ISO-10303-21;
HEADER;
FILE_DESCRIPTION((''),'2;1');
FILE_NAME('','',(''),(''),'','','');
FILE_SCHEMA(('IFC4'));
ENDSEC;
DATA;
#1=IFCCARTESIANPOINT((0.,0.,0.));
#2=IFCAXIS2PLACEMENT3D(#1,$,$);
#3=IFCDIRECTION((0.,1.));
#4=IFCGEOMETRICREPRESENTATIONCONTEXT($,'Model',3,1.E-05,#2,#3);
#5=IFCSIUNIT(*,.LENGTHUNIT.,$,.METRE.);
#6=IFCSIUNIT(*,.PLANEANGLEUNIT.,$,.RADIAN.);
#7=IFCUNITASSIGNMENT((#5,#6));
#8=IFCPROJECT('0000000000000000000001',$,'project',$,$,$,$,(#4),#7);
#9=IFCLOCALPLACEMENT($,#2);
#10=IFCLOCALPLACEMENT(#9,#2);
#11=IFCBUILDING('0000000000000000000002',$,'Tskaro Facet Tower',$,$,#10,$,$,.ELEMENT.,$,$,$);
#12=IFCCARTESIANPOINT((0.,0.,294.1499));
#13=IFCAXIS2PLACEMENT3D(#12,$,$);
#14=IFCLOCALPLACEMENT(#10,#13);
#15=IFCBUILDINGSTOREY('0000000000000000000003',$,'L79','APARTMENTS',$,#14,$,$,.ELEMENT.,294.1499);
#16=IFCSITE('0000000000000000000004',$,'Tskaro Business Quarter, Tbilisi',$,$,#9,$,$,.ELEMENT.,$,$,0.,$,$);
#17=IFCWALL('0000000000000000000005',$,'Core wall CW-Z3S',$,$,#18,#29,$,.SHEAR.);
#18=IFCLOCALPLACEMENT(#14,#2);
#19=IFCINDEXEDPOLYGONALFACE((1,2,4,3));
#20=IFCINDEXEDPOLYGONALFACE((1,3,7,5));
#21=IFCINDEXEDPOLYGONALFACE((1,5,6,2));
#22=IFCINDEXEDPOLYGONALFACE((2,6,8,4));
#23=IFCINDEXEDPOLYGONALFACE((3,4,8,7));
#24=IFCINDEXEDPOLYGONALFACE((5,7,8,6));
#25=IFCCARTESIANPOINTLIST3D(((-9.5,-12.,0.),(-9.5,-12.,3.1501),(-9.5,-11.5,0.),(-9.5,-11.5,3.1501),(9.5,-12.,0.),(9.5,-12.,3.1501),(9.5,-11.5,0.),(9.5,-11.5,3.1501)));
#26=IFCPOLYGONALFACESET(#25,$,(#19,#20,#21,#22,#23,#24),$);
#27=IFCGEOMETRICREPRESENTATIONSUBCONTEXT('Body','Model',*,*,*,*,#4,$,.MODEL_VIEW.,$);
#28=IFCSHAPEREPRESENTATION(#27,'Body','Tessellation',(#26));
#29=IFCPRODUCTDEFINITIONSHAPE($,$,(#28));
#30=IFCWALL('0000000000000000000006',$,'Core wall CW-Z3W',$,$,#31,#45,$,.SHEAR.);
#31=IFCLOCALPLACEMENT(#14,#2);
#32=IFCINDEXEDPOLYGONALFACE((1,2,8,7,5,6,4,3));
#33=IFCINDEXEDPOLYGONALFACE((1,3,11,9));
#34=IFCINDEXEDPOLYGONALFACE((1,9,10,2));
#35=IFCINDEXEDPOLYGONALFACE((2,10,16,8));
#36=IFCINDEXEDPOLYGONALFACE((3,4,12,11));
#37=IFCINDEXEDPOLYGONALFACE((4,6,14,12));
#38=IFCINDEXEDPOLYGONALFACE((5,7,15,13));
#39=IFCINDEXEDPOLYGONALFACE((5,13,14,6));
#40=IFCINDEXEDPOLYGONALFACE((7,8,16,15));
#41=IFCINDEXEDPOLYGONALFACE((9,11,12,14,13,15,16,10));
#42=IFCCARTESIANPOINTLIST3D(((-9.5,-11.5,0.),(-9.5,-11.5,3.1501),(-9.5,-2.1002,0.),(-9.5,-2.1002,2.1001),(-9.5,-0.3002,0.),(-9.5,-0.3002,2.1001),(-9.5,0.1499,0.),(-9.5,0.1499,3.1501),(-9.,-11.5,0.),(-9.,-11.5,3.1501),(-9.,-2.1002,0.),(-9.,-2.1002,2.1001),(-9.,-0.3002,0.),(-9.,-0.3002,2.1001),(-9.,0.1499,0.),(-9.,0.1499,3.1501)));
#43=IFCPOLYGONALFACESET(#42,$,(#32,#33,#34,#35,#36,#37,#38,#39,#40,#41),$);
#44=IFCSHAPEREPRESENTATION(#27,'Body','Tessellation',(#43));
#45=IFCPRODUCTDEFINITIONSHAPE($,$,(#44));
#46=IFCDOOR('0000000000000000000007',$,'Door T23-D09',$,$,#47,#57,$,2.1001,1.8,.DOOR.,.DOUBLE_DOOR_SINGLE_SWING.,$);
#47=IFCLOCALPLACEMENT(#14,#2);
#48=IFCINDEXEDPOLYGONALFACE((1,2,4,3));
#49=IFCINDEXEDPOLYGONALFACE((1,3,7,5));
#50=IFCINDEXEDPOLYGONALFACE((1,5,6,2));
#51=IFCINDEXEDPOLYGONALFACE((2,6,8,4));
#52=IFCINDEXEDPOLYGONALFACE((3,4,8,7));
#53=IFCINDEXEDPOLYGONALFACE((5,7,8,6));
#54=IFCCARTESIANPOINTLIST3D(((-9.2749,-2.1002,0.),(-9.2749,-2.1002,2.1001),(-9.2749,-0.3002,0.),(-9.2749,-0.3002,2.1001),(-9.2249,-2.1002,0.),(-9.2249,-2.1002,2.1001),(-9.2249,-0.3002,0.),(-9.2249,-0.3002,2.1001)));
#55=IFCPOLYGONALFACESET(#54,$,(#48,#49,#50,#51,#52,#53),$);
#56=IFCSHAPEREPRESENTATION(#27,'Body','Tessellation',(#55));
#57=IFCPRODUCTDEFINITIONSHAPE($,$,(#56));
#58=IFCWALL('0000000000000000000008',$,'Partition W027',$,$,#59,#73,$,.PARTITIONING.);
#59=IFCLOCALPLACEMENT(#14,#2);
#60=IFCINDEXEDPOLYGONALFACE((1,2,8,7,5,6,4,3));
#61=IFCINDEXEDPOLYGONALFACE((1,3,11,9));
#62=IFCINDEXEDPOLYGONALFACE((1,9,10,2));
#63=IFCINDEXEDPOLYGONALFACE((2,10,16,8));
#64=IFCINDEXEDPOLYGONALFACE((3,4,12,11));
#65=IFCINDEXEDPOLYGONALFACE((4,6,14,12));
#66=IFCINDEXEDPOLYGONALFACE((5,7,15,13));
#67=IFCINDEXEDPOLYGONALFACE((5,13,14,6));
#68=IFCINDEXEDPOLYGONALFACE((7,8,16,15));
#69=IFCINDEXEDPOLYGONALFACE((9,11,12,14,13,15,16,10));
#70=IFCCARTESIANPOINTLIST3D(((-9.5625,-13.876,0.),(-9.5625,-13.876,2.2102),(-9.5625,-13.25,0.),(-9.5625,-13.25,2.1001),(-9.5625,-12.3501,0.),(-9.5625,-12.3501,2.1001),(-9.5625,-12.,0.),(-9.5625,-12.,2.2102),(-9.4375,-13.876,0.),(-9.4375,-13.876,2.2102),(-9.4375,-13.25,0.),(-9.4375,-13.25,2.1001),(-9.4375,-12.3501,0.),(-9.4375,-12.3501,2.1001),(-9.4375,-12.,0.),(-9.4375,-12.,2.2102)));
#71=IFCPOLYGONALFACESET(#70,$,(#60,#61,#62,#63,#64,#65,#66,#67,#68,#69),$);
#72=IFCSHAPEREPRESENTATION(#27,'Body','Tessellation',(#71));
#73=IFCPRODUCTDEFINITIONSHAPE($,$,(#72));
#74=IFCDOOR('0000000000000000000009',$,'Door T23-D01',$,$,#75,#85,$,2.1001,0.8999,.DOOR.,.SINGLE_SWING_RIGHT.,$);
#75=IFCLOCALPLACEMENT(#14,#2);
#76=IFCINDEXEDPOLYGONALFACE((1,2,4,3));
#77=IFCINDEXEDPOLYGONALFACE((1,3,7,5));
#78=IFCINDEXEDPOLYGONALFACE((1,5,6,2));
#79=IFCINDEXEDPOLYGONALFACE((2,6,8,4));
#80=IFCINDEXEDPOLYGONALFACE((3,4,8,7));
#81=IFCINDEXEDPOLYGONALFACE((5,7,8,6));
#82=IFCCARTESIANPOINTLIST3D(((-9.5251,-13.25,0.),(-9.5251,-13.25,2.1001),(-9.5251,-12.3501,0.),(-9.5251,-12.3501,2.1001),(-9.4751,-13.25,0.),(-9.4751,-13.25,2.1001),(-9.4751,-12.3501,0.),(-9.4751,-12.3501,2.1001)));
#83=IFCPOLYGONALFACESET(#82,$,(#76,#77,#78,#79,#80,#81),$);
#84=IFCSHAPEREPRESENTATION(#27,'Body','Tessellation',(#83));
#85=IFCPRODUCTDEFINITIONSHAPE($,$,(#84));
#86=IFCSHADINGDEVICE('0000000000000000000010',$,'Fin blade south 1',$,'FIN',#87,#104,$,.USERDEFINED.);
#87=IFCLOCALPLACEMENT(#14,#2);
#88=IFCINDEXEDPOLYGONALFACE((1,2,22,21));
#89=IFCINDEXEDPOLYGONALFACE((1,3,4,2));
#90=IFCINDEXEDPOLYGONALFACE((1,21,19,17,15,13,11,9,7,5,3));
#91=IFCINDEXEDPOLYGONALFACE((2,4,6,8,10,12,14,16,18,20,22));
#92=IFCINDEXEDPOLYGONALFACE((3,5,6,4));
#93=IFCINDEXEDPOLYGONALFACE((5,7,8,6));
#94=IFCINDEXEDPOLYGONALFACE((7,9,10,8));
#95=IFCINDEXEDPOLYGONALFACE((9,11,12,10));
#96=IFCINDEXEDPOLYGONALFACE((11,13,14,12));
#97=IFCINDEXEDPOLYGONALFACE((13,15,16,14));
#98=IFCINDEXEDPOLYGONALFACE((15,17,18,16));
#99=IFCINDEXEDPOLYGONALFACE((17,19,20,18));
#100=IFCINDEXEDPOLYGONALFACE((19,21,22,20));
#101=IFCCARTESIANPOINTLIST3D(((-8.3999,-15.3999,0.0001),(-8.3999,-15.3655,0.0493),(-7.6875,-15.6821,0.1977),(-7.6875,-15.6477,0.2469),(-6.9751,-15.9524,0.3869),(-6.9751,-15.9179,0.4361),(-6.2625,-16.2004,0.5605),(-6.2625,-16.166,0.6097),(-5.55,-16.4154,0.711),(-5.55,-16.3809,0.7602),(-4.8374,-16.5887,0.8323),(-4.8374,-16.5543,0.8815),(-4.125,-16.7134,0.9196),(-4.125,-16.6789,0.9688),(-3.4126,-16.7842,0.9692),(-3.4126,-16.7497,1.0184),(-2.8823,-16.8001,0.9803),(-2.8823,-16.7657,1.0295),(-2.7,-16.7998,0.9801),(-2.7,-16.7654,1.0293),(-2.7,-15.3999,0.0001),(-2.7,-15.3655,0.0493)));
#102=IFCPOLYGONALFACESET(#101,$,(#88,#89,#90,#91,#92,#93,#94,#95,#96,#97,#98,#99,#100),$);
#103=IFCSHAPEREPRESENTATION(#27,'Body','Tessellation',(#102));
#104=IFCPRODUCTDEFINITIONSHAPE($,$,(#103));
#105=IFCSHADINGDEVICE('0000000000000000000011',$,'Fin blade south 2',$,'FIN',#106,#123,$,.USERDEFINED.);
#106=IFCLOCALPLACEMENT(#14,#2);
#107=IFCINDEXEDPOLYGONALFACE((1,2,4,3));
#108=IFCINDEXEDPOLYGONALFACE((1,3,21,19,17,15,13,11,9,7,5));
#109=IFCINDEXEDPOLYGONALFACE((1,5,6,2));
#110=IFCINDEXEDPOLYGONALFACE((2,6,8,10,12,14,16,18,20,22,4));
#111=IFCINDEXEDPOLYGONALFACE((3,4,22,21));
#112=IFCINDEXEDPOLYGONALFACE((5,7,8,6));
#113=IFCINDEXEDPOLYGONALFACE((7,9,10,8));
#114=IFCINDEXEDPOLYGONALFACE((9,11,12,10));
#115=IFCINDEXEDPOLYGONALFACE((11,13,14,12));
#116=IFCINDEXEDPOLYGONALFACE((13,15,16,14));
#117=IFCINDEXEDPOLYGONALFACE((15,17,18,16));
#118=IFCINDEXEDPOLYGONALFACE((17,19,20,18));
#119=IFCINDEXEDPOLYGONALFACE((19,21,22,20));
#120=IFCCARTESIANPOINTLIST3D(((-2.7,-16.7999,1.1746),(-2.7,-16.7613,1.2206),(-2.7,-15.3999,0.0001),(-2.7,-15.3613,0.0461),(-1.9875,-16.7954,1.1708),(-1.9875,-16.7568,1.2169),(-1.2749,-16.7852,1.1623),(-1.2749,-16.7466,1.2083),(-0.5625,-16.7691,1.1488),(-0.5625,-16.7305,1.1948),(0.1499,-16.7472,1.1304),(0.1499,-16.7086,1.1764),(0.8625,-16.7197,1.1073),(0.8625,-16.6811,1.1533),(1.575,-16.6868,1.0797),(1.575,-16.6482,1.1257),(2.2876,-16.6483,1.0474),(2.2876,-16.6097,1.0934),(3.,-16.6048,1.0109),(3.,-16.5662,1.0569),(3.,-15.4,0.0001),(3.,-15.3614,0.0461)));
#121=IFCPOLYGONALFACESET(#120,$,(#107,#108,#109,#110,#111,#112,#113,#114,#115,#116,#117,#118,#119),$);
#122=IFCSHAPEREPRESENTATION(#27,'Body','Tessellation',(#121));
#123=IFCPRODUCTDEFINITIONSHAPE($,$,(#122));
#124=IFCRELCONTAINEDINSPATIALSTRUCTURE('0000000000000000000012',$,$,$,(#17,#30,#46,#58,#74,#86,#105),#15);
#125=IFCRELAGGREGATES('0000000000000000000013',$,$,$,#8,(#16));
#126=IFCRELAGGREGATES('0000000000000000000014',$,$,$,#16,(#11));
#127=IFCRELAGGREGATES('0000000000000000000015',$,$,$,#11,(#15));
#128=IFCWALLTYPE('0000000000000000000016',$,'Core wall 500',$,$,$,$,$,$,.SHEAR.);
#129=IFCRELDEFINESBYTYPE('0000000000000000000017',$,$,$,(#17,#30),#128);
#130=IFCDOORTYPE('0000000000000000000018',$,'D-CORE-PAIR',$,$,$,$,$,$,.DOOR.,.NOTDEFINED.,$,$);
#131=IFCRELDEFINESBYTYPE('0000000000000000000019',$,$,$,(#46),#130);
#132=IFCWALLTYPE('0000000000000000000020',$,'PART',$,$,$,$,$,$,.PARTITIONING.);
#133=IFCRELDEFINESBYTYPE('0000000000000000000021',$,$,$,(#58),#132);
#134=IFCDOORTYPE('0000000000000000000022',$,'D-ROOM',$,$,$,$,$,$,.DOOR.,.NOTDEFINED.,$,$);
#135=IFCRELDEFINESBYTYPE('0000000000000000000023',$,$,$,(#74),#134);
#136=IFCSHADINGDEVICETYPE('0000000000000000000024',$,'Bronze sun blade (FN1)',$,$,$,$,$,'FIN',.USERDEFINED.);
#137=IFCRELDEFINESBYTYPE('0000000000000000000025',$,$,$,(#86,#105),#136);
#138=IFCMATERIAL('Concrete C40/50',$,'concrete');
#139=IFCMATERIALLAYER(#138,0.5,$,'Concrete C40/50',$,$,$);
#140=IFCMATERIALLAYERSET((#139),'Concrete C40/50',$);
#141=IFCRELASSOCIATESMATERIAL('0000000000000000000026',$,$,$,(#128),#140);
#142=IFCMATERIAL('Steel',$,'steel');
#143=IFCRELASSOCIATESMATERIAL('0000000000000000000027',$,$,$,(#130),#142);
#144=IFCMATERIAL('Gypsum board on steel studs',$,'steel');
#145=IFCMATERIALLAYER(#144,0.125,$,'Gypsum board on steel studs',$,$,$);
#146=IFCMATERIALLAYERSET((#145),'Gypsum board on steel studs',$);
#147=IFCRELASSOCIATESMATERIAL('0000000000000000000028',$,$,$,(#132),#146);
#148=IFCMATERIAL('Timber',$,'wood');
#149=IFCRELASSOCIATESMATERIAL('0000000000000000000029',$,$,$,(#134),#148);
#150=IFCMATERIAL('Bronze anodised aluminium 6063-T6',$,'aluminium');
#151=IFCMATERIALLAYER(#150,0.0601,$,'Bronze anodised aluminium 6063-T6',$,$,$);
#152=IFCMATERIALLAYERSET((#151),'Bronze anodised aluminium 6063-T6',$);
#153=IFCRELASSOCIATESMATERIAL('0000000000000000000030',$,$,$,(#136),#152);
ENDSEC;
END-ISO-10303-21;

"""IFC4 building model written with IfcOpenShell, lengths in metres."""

from ifc_helpers import new_model, si_unit, direction, frame, frame_2d, origin, place, context, subcontext, project, spatial, polyline, rectangle, outline, extrude, material, layer, layer_set, type_object, element, fill, save


model = new_model("IFC4")

# Units and contexts
model_context = context("Model", 3, precision=1e-05, world=origin(), true_north=direction((0.0, 1.0)))
body_context = subcontext(model_context, "Body", "Model", "MODEL_VIEW")
ifc_project = project(units=[si_unit("LENGTHUNIT", "METRE"), si_unit("PLANEANGLEUNIT", "RADIAN")], contexts=[model_context])

# Site, building, storey
site_placement = place(None, origin())
site = spatial("IfcSite", under=ifc_project, at=site_placement, Name="Tskaro Business Quarter, Tbilisi", CompositionType="ELEMENT", RefElevation=0.0)
building_placement = place(site_placement, origin())
building = spatial("IfcBuilding", under=site, at=building_placement, Name="Tskaro Facet Tower", CompositionType="ELEMENT")
storey_placement = place(building_placement, frame((0.0, 0.0, 294.1499)))
storey = spatial("IfcBuildingStorey", under=building, at=storey_placement, Name="L79", Description="APARTMENTS", CompositionType="ELEMENT", Elevation=294.1499)

# Shared definitions
ifc_material_1 = material(Name="Bronze anodised aluminium 6063-T6", Category="aluminium")

# Shared definitions
ifc_material_2 = material(Name="Steel", Category="steel")

# Wall
ifc_material_3 = material(Name="Concrete C40/50", Category="concrete")
ifc_layer_1 = layer(ifc_material_3, 0.5, Name="Concrete C40/50")
ifc_layer_set_1 = layer_set([ifc_layer_1], Name="Concrete C40/50")
wall_type_1 = type_object("IfcWallType", Name="Core wall 500", PredefinedType="SHEAR", material=ifc_layer_set_1)
wall_1_placement = place(storey_placement, frame((-9.5, -11.75, 0.0), z_axis=(0.0, 0.0, 1.0), x_axis=(1.0, 0.0, 0.0)))
element("IfcWall", 1, at=wall_1_placement, inside=storey, type_object=wall_type_1, Name="Core wall CW-Z3S", PredefinedType="SHEAR", context=body_context, shape_type="SweptSolid", body=[
    extrude(rectangle(XDim=19.0, YDim=0.5, at=frame_2d((9.5, 0.0))), origin(), (0.0, 0.0, 1.0), 3.1501),
])

# Walls, openings, doors
wall_2_placement = place(storey_placement, frame((-9.25, -11.5, 0.0), z_axis=(0.0, 0.0, 1.0), x_axis=(0.0, 1.0, 0.0)))
wall_2 = element("IfcWall", 2, at=wall_2_placement, inside=storey, type_object=wall_type_1, Name="Core wall CW-Z3W", PredefinedType="SHEAR", context=body_context, shape_type="SweptSolid", body=[
    extrude(rectangle(XDim=11.6499, YDim=0.5, at=frame_2d((5.825, 0.0))), origin(), (0.0, 0.0, 1.0), 3.1501),
])
opening_1_placement = place(wall_2_placement, frame((9.3999, 0.0, 0.0)))
opening_1 = element("IfcOpeningElement", 3, at=opening_1_placement, cuts=wall_2, PredefinedType="OPENING", context=body_context, shape_type="SweptSolid", body=[
    extrude(rectangle(XDim=1.8, YDim=2.1001, at=frame_2d((0.8999, 1.05))), frame((0.0, 0.26, 0.0), z_axis=(0.0, -1.0, 0.0), x_axis=(1.0, 0.0, 0.0)), (0.0, 0.0, 1.0), 0.52),
])
door_type_1 = type_object("IfcDoorType", Name="D-CORE-PAIR", OperationType="NOTDEFINED", PredefinedType="DOOR", material=ifc_material_2)
door_1_placement = place(opening_1_placement, origin())
door_1 = element("IfcDoor", 4, at=door_1_placement, inside=storey, type_object=door_type_1, Name="Door T23-D09", OperationType="DOUBLE_DOOR_SINGLE_SWING", OverallHeight=2.1001, OverallWidth=1.8, PredefinedType="DOOR", context=body_context, shape_type="SweptSolid", body=[
    extrude(rectangle(XDim=1.8, YDim=2.1001, at=frame_2d((0.8999, 1.05))), frame((0.0, 0.0249, 0.0), z_axis=(0.0, -1.0, 0.0), x_axis=(1.0, 0.0, 0.0)), (0.0, 0.0, 1.0), 0.05),
])
fill(opening_1, door_1)
ifc_material_4 = material(Name="Gypsum board on steel studs", Category="steel")
ifc_layer_2 = layer(ifc_material_4, 0.125, Name="Gypsum board on steel studs")
ifc_layer_set_2 = layer_set([ifc_layer_2], Name="Gypsum board on steel studs")
wall_type_2 = type_object("IfcWallType", Name="PART", PredefinedType="PARTITIONING", material=ifc_layer_set_2)
wall_3_placement = place(storey_placement, frame((-9.5, -12.0, 0.0), z_axis=(0.0, 0.0, 1.0), x_axis=(0.0, -1.0, 0.0)))
wall_3 = element("IfcWall", 5, at=wall_3_placement, inside=storey, type_object=wall_type_2, Name="Partition W027", PredefinedType="PARTITIONING", context=body_context, shape_type="SweptSolid", body=[
    extrude(rectangle(XDim=1.876, YDim=0.125, at=frame_2d((0.938, 0.0))), origin(), (0.0, 0.0, 1.0), 2.2102),
])
opening_2_placement = place(wall_3_placement, frame((0.3501, 0.0, 0.0)))
opening_2 = element("IfcOpeningElement", 6, at=opening_2_placement, cuts=wall_3, PredefinedType="OPENING", context=body_context, shape_type="SweptSolid", body=[
    extrude(rectangle(XDim=0.8999, YDim=2.1001, at=frame_2d((0.45, 1.05))), frame((0.0, 0.0725, 0.0), z_axis=(0.0, -1.0, 0.0), x_axis=(1.0, 0.0, 0.0)), (0.0, 0.0, 1.0), 0.145),
])
ifc_material_5 = material(Name="Timber", Category="wood")
door_type_2 = type_object("IfcDoorType", Name="D-ROOM", OperationType="NOTDEFINED", PredefinedType="DOOR", material=ifc_material_5)
door_2_placement = place(opening_2_placement, origin())
door_2 = element("IfcDoor", 7, at=door_2_placement, inside=storey, type_object=door_type_2, Name="Door T23-D01", OperationType="SINGLE_SWING_RIGHT", OverallHeight=2.1001, OverallWidth=0.8999, PredefinedType="DOOR", context=body_context, shape_type="SweptSolid", body=[
    extrude(rectangle(XDim=0.8999, YDim=2.1001, at=frame_2d((0.45, 1.05))), frame((0.0, 0.0249, 0.0), z_axis=(0.0, -1.0, 0.0), x_axis=(1.0, 0.0, 0.0)), (0.0, 0.0, 1.0), 0.05),
])
fill(opening_2, door_2)

# Shading devices
ifc_layer_3 = layer(ifc_material_1, 0.0601, Name="Bronze anodised aluminium 6063-T6")
ifc_layer_set_3 = layer_set([ifc_layer_3], Name="Bronze anodised aluminium 6063-T6")
shading_device_type = type_object("IfcShadingDeviceType", Name="Bronze sun blade (FN1)", ElementType="FIN", PredefinedType="USERDEFINED", material=ifc_layer_set_3)
shading_device_1_placement = place(storey_placement, frame((-8.3999, -15.3655, 0.0493), z_axis=(-0.000002, 0.573482, 0.819218), x_axis=(1.0, 0.000001, 0.000001)))
element("IfcShadingDevice", 8, at=shading_device_1_placement, inside=storey, type_object=shading_device_type, Name="Fin blade south 1", ObjectType="FIN", PredefinedType="USERDEFINED", context=body_context, shape_type="SweptSolid", body=[
    extrude(outline(polyline([(0.0, 0.0), (5.7, 0.0), (5.7, -1.7088), (5.5176, -1.7092), (4.9873, -1.6897), (4.2749, -1.6033), (3.5625, -1.4511), (2.8499, -1.2395), (2.1375, -0.9771), (1.4248, -0.6744), (0.7124, -0.3445), (0.0, 0.0)])), origin(), (0.0, 0.0, -1.0), 0.0601),
])
shading_device_2_placement = place(storey_placement, frame((-2.7, -15.3613, 0.0461), z_axis=(0.000011, 0.642723, 0.766098), x_axis=(1.0, -0.000007, -0.000008)))
element("IfcShadingDevice", 9, at=shading_device_2_placement, inside=storey, type_object=shading_device_type, Name="Fin blade south 2", ObjectType="FIN", PredefinedType="USERDEFINED", context=body_context, shape_type="SweptSolid", body=[
    extrude(outline(polyline([(0.0, 0.0), (5.7, 0.0), (5.7, -1.5726), (4.9875, -1.6295), (4.2749, -1.6797), (3.5625, -1.7227), (2.8499, -1.7586), (2.1375, -1.7872), (1.425, -1.8082), (0.7124, -1.8215), (0.0, -1.8274), (0.0, 0.0)])), origin(), (0.0, 0.0, -1.0), 0.0601),
])

save(model, "model.ifc")
